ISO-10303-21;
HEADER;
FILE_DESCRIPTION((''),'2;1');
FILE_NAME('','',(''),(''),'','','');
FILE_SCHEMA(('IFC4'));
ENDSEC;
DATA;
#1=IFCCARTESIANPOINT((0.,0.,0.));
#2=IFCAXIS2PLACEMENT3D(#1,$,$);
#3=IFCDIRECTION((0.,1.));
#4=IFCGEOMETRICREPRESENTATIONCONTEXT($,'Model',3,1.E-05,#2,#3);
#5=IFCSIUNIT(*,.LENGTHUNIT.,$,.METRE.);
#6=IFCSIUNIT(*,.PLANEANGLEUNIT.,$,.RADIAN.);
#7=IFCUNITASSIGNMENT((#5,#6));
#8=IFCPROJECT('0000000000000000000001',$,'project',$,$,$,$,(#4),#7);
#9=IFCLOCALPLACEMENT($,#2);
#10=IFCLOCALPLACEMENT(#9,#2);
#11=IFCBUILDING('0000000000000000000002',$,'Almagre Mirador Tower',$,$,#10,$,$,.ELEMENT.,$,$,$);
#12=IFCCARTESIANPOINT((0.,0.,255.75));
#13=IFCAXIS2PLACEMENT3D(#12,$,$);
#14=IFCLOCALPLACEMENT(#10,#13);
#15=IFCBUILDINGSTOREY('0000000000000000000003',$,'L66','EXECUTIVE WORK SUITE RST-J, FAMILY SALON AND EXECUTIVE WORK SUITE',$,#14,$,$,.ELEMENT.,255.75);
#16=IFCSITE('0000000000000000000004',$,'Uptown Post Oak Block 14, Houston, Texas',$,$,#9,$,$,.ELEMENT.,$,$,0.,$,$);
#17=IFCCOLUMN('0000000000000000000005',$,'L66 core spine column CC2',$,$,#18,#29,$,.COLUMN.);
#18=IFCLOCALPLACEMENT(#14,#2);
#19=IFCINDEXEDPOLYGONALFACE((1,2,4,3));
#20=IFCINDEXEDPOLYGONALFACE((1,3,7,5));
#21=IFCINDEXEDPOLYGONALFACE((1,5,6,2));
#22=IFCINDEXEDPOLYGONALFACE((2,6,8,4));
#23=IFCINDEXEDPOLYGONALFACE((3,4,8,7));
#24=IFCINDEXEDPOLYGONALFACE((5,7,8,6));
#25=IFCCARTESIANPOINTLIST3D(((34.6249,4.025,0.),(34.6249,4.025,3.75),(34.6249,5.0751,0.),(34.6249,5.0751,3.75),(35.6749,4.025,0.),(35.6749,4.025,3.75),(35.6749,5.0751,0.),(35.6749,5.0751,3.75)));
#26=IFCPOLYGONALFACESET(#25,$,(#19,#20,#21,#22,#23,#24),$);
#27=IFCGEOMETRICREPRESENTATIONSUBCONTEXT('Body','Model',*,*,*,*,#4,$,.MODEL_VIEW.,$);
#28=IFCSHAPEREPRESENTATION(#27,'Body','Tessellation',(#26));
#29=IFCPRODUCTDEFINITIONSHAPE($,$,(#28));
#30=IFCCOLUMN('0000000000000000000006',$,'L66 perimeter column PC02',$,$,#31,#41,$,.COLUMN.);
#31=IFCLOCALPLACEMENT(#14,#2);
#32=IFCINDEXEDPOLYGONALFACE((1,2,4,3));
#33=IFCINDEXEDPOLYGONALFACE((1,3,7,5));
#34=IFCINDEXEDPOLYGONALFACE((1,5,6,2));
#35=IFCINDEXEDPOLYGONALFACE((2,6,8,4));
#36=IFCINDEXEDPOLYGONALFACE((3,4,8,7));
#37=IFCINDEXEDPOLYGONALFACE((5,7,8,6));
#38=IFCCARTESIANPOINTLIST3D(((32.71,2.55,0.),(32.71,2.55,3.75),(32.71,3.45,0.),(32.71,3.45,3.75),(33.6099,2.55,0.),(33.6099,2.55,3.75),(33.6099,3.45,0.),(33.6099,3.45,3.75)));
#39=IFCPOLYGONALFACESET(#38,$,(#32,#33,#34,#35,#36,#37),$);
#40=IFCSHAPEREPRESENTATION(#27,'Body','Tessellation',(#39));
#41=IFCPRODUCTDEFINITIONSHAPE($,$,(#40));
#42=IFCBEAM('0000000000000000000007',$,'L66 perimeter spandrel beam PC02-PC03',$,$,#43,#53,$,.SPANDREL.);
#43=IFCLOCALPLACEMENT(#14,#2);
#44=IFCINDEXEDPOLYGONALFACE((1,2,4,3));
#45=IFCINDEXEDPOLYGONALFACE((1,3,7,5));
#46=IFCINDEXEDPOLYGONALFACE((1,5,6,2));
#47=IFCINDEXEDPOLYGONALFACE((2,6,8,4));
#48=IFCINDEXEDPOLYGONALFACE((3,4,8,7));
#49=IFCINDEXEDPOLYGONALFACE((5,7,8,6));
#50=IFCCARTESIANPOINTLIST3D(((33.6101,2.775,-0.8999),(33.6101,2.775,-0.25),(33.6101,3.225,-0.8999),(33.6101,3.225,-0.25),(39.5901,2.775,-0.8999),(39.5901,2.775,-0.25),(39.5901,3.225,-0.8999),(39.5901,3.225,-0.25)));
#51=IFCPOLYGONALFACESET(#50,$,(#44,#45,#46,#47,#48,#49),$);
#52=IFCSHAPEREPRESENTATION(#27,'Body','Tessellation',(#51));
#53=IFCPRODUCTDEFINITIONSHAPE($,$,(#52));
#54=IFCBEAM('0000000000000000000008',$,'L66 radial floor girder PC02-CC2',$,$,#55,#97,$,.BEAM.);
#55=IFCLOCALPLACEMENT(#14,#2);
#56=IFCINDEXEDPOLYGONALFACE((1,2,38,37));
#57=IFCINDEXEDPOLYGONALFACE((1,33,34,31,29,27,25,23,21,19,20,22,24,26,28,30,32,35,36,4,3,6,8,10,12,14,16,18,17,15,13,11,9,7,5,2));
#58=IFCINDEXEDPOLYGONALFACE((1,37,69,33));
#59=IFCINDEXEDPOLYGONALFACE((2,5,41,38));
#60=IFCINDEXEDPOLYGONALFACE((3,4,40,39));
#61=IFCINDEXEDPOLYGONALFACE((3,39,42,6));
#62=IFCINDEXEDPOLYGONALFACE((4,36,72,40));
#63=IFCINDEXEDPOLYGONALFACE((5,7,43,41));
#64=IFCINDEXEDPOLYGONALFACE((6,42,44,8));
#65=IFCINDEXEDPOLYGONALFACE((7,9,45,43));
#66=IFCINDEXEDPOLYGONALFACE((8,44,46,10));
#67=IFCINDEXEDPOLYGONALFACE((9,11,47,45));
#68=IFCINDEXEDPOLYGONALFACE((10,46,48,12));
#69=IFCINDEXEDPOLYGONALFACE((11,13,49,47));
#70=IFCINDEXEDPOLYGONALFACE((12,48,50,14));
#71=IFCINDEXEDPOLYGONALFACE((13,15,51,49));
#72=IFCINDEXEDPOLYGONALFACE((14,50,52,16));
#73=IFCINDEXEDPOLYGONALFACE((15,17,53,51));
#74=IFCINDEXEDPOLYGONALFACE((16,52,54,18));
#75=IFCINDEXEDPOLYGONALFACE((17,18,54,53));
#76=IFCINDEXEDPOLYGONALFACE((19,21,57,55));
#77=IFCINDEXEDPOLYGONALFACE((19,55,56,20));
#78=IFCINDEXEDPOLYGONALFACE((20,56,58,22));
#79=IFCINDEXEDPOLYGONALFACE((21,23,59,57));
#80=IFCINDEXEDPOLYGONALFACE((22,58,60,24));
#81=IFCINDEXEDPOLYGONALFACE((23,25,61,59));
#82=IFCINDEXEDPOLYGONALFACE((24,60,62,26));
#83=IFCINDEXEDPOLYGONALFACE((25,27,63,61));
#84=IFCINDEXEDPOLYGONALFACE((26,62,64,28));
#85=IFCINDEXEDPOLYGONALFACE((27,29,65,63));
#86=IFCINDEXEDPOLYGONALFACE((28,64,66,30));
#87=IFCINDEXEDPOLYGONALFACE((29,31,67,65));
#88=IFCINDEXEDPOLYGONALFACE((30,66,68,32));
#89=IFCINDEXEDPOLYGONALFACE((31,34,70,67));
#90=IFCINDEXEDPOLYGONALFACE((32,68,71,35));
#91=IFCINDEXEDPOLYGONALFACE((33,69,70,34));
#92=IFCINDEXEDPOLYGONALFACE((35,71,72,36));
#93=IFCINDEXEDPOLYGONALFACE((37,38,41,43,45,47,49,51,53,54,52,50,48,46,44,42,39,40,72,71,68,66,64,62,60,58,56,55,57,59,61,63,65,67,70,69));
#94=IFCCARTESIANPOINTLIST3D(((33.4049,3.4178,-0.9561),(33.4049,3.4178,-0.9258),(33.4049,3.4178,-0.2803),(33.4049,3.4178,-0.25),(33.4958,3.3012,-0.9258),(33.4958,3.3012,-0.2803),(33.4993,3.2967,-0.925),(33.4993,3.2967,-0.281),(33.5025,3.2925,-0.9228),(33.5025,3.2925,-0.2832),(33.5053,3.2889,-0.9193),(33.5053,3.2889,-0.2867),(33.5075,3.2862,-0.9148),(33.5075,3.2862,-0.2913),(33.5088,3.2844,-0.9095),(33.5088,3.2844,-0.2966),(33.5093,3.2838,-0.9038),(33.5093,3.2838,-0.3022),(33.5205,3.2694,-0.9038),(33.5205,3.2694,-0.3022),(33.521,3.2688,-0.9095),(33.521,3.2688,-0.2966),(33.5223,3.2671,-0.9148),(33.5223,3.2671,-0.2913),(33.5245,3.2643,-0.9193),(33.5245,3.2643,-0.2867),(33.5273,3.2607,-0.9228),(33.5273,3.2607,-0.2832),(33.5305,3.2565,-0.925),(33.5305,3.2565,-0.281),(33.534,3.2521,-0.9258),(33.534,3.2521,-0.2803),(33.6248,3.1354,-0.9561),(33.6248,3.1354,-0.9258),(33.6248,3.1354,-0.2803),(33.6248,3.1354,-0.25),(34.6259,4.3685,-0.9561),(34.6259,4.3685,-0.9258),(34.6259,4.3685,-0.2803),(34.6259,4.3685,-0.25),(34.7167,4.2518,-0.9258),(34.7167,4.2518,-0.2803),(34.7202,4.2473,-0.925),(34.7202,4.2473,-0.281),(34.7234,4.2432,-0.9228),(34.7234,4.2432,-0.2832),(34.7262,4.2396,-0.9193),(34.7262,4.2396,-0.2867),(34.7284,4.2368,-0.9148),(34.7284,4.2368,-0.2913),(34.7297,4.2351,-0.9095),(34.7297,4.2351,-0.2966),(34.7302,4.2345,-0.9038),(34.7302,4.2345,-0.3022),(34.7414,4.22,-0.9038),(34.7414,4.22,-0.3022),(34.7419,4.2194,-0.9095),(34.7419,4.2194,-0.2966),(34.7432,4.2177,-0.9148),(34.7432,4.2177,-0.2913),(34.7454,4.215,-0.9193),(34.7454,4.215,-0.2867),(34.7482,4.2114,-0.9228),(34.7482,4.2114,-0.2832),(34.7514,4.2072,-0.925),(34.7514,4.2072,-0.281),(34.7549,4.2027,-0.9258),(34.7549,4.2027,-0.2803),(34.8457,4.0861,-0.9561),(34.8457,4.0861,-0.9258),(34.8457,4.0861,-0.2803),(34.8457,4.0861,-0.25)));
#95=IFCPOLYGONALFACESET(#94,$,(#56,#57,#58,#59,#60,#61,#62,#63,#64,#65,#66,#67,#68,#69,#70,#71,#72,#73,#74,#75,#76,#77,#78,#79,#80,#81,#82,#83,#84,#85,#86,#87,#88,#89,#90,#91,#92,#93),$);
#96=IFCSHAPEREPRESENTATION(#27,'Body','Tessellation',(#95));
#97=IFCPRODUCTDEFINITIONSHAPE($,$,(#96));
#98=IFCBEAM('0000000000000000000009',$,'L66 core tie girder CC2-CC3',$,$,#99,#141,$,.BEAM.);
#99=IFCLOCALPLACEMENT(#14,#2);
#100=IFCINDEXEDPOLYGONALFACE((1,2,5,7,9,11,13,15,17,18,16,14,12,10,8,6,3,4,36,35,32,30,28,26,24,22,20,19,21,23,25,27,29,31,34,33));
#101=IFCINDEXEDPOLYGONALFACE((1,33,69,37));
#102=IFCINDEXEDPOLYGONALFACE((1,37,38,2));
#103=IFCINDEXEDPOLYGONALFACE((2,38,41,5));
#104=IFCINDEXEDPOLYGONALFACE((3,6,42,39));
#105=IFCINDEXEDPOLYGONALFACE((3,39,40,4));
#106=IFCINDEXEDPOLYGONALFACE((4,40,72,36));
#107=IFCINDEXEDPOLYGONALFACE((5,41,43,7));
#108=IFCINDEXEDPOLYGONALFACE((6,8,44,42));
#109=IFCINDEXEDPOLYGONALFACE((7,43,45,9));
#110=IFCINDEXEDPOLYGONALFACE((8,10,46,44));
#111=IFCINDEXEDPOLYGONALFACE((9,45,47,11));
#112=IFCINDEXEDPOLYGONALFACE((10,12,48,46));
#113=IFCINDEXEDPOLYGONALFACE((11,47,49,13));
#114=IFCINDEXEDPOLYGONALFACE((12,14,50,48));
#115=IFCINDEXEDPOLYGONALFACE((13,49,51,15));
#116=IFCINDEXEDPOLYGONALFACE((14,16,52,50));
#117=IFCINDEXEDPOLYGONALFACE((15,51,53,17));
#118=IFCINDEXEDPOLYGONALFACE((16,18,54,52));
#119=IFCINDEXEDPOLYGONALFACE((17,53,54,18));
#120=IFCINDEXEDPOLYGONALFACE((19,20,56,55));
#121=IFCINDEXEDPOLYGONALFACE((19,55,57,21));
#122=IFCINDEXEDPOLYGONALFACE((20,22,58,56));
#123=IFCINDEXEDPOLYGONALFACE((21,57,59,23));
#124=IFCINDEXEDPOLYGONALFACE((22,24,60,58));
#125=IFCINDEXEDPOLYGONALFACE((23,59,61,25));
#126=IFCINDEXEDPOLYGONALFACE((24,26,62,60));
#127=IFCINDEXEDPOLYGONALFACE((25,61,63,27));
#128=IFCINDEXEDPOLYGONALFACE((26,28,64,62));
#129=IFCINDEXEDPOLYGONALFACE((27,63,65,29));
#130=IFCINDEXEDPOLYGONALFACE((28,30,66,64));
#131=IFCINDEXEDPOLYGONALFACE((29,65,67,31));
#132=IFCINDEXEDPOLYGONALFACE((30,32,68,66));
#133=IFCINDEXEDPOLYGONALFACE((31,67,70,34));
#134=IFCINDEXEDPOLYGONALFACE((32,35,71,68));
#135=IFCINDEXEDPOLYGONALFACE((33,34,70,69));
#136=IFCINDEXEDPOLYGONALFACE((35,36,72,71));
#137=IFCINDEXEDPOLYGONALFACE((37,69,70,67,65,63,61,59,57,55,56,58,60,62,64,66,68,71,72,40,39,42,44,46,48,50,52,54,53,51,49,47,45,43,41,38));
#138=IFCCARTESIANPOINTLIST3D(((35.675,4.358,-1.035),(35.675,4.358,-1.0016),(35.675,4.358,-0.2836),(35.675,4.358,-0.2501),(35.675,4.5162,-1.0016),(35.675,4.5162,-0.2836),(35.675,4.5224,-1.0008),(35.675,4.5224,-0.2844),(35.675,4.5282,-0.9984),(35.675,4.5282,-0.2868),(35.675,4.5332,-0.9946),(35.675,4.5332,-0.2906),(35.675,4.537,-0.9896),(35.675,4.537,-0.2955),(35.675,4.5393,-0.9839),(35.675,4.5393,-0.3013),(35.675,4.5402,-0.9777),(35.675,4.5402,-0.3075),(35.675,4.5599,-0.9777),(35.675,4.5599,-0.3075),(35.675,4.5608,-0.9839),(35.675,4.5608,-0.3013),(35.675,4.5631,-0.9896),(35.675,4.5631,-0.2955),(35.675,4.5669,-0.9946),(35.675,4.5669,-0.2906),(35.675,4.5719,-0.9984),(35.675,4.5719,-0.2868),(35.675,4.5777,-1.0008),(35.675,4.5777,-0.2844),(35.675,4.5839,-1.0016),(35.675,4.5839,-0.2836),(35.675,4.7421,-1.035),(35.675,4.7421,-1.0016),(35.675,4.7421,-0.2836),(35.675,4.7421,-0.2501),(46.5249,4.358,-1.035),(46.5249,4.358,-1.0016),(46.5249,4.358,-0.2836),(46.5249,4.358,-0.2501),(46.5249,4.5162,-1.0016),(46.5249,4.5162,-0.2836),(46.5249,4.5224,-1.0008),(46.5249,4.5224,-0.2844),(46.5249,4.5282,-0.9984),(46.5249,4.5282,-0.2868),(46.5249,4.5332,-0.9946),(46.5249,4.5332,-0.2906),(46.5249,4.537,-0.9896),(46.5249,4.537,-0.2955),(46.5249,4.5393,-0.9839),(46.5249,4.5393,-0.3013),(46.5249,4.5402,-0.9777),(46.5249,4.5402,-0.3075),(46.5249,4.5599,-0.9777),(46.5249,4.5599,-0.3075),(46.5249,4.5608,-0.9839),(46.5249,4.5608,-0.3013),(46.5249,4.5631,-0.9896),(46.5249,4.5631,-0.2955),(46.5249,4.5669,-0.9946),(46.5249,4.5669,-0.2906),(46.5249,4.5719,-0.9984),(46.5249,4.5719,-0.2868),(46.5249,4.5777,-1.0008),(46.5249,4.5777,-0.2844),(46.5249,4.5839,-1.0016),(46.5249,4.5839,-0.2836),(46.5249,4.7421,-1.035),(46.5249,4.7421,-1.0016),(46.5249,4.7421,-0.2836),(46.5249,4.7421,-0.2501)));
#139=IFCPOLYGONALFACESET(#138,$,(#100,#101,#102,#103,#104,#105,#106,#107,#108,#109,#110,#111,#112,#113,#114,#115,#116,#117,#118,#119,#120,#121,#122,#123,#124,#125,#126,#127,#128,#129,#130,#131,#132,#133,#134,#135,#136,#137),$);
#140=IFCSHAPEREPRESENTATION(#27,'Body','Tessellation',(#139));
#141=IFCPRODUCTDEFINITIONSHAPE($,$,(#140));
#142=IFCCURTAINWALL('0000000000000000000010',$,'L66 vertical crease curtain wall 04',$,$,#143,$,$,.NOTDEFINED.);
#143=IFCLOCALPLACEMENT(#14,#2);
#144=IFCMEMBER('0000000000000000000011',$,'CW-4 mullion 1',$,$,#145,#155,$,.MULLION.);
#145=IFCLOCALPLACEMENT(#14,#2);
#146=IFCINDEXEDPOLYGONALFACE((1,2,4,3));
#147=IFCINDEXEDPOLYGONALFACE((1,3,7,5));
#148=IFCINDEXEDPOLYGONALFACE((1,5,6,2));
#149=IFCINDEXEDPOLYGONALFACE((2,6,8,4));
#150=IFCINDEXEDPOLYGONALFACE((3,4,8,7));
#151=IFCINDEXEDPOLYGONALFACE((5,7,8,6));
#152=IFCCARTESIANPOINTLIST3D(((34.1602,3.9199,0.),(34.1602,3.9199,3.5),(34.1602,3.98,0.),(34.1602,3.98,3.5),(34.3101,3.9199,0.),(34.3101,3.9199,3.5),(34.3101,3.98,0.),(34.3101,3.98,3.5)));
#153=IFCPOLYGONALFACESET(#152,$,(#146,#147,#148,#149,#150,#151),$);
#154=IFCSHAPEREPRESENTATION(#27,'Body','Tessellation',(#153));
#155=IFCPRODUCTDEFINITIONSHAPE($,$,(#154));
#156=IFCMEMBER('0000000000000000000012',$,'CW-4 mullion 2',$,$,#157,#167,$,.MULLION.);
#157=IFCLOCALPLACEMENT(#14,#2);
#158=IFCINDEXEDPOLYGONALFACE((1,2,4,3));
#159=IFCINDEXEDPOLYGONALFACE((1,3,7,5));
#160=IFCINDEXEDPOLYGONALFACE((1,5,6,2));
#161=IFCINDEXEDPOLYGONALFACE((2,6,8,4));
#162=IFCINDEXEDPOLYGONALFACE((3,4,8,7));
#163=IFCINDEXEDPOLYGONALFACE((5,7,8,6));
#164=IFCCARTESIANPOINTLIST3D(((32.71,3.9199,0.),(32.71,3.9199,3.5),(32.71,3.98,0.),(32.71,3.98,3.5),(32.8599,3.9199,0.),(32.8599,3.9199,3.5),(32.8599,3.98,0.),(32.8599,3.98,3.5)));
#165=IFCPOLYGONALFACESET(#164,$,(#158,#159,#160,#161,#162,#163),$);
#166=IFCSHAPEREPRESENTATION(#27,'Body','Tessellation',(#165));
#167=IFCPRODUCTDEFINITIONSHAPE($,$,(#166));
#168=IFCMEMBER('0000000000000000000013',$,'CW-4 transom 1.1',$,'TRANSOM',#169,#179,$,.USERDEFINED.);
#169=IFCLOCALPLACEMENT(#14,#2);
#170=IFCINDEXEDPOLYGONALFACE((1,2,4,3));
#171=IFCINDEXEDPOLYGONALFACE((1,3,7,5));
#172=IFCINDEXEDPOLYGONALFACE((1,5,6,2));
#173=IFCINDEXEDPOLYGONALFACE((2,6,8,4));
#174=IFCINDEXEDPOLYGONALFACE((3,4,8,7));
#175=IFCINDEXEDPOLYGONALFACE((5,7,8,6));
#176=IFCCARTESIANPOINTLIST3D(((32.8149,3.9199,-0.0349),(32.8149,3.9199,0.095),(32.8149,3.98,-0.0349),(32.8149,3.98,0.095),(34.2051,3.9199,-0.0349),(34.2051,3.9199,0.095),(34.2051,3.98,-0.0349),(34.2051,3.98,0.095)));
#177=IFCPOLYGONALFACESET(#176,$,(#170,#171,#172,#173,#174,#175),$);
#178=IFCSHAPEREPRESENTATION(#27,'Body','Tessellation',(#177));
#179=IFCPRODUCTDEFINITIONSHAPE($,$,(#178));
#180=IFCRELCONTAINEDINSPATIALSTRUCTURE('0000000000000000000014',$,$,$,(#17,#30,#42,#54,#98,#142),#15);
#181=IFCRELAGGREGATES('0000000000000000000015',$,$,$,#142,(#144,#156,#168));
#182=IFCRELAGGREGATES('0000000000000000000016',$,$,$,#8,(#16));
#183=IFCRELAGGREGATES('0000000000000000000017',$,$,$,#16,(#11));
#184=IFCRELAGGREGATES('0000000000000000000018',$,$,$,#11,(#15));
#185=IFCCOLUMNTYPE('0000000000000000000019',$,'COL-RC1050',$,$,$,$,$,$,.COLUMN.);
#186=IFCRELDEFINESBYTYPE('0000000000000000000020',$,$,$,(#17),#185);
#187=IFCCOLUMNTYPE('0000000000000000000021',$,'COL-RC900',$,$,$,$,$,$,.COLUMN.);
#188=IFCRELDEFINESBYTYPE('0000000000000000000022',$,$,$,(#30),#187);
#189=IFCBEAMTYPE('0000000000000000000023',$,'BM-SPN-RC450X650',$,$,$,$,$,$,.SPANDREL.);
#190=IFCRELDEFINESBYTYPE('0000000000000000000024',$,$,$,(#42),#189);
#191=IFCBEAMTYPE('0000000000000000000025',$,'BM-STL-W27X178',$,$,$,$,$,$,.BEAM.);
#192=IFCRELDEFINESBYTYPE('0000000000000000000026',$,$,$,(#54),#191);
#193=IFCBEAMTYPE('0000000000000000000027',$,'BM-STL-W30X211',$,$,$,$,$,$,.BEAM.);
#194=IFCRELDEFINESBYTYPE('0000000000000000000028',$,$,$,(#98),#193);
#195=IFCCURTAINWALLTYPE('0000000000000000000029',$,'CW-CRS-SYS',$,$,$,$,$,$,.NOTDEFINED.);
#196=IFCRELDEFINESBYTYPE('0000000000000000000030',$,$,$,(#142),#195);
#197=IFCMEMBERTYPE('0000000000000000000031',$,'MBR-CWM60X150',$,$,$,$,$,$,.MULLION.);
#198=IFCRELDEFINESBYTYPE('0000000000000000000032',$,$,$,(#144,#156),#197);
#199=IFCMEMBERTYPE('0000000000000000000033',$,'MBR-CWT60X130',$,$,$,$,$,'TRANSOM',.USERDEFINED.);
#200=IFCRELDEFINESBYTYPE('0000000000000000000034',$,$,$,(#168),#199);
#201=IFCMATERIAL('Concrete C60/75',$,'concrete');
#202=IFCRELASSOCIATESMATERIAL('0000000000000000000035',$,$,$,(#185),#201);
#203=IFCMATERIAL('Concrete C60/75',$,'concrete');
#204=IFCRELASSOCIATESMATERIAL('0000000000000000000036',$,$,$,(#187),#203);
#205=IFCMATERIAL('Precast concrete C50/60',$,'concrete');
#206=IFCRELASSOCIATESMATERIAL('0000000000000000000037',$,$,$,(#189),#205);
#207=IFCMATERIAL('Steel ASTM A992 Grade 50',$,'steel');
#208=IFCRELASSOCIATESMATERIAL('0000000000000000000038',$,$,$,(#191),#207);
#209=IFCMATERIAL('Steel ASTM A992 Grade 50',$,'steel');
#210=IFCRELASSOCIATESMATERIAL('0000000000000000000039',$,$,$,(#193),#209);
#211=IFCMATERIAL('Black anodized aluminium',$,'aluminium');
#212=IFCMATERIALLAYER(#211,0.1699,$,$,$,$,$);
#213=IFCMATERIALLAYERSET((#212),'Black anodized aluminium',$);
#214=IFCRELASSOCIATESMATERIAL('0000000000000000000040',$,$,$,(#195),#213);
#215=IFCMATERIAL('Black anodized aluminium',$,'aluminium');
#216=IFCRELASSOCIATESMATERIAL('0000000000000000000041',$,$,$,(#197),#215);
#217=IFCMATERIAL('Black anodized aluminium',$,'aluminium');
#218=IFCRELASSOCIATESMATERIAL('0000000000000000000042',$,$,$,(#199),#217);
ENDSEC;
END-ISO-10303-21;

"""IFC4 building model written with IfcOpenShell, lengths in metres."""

from ifc_helpers import new_model, si_unit, direction, frame, origin, origin_2d, place, context, subcontext, project, spatial, rectangle, i_section, extrude, material, layer, layer_set, material_profile, profile_set, type_object, element, aggregate, save


model = new_model("IFC4")

# Units and contexts
model_context = context("Model", 3, precision=1e-05, world=origin(), true_north=direction((0.0, 1.0)))
body_context = subcontext(model_context, "Body", "Model", "MODEL_VIEW")
ifc_project = project(units=[si_unit("LENGTHUNIT", "METRE"), si_unit("PLANEANGLEUNIT", "RADIAN")], contexts=[model_context])

# Site, building, storey
site_placement = place(None, origin())
site = spatial("IfcSite", under=ifc_project, at=site_placement, Name="Uptown Post Oak Block 14, Houston, Texas", CompositionType="ELEMENT", RefElevation=0.0)
building_placement = place(site_placement, origin())
building = spatial("IfcBuilding", under=site, at=building_placement, Name="Almagre Mirador Tower", CompositionType="ELEMENT")
storey_placement = place(building_placement, frame((0.0, 0.0, 255.75)))
storey = spatial("IfcBuildingStorey", under=building, at=storey_placement, Name="L66", Description="EXECUTIVE WORK SUITE RST-J, FAMILY SALON AND EXECUTIVE WORK SUITE", CompositionType="ELEMENT", Elevation=255.75)

# Columns
ifc_material_1 = material(Name="Concrete C60/75", Category="concrete")
ifc_material_profile_1 = material_profile(ifc_material_1, rectangle(XDim=1.05, YDim=1.05, at=origin_2d()), Name="RC1050X1050")
ifc_profile_set_1 = profile_set([ifc_material_profile_1], Name="Concrete C60/75")
column_type_1 = type_object("IfcColumnType", Name="COL-RC1050", PredefinedType="COLUMN", material=ifc_profile_set_1)
column_1_placement = place(storey_placement, frame((35.1499, 4.55, 0.0), z_axis=(0.0, 0.0, 1.0), x_axis=(1.0, 0.0, 0.0)))
element("IfcColumn", 1, at=column_1_placement, inside=storey, type_object=column_type_1, Name="L66 core spine column CC2", PredefinedType="COLUMN", context=body_context, shape_type="SweptSolid", body=[
    extrude(rectangle(XDim=1.05, YDim=1.05, at=origin_2d()), origin(), (0.0, 0.0, 1.0), 3.75),
])
ifc_material_2 = material(Name="Concrete C60/75", Category="concrete")
ifc_material_profile_2 = material_profile(ifc_material_2, rectangle(XDim=0.8999, YDim=0.8999, at=origin_2d()), Name="RC900X900")
ifc_profile_set_2 = profile_set([ifc_material_profile_2], Name="Concrete C60/75")
column_type_2 = type_object("IfcColumnType", Name="COL-RC900", PredefinedType="COLUMN", material=ifc_profile_set_2)
column_2_placement = place(storey_placement, frame((33.1599, 3.0, 0.0), z_axis=(0.0, 0.0, 1.0), x_axis=(1.0, 0.0, 0.0)))
element("IfcColumn", 2, at=column_2_placement, inside=storey, type_object=column_type_2, Name="L66 perimeter column PC02", PredefinedType="COLUMN", context=body_context, shape_type="SweptSolid", body=[
    extrude(rectangle(XDim=0.8999, YDim=0.8999, at=origin_2d()), origin(), (0.0, 0.0, 1.0), 3.75),
])

# Beams
ifc_material_3 = material(Name="Precast concrete C50/60", Category="concrete")
ifc_material_profile_3 = material_profile(ifc_material_3, rectangle(XDim=0.45, YDim=0.6499, at=origin_2d()), Name="RC450X650")
ifc_profile_set_3 = profile_set([ifc_material_profile_3], Name="Precast concrete C50/60")
beam_type_1 = type_object("IfcBeamType", Name="BM-SPN-RC450X650", PredefinedType="SPANDREL", material=ifc_profile_set_3)
beam_1_placement = place(storey_placement, frame((33.6101, 3.0, -0.575), z_axis=(1.0, 0.0, 0.0), x_axis=(0.0, 1.0, 0.0)))
element("IfcBeam", 3, at=beam_1_placement, inside=storey, type_object=beam_type_1, Name="L66 perimeter spandrel beam PC02-PC03", PredefinedType="SPANDREL", context=body_context, shape_type="SweptSolid", body=[
    extrude(rectangle(XDim=0.45, YDim=0.6499, at=origin_2d()), origin(), (0.0, 0.0, 1.0), 5.98),
])
ifc_material_4 = material(Name="Steel ASTM A992 Grade 50", Category="steel")
ifc_material_profile_4 = material_profile(ifc_material_4, i_section(OverallWidth=0.3579, OverallDepth=0.7061, WebThickness=0.0183, FlangeThickness=0.0303, FilletRadius=0.022, at=origin_2d()), Name="W27X178")
ifc_profile_set_4 = profile_set([ifc_material_profile_4], Name="Steel ASTM A992 Grade 50")
beam_type_2 = type_object("IfcBeamType", Name="BM-STL-W27X178", PredefinedType="BEAM", material=ifc_profile_set_4)
beam_2_placement = place(storey_placement, frame((33.5149, 3.2766, -0.603), z_axis=(0.789021, 0.614367, 0.0), x_axis=(-0.614367, 0.789021, 0.0)))
element("IfcBeam", 4, at=beam_2_placement, inside=storey, type_object=beam_type_2, Name="L66 radial floor girder PC02-CC2", PredefinedType="BEAM", context=body_context, shape_type="SweptSolid", body=[
    extrude(i_section(OverallWidth=0.3579, OverallDepth=0.7061, WebThickness=0.0183, FlangeThickness=0.0303, FilletRadius=0.022, at=origin_2d()), origin(), (0.0, 0.0, 1.0), 1.5474),
])
ifc_material_5 = material(Name="Steel ASTM A992 Grade 50", Category="steel")
ifc_material_profile_5 = material_profile(ifc_material_5, i_section(OverallWidth=0.384, OverallDepth=0.7849, WebThickness=0.0198, FlangeThickness=0.0334, FilletRadius=0.0239, at=origin_2d()), Name="W30X211")
ifc_profile_set_5 = profile_set([ifc_material_profile_5], Name="Steel ASTM A992 Grade 50")
beam_type_3 = type_object("IfcBeamType", Name="BM-STL-W30X211", PredefinedType="BEAM", material=ifc_profile_set_5)
beam_3_placement = place(storey_placement, frame((35.675, 4.55, -0.6426), z_axis=(1.0, 0.0, 0.0), x_axis=(0.0, 1.0, 0.0)))
element("IfcBeam", 5, at=beam_3_placement, inside=storey, type_object=beam_type_3, Name="L66 core tie girder CC2-CC3", PredefinedType="BEAM", context=body_context, shape_type="SweptSolid", body=[
    extrude(i_section(OverallWidth=0.384, OverallDepth=0.7849, WebThickness=0.0198, FlangeThickness=0.0334, FilletRadius=0.0239, at=origin_2d()), origin(), (0.0, 0.0, 1.0), 10.8499),
])

# Curtain wall, members
ifc_material_6 = material(Name="Black anodized aluminium", Category="aluminium")
ifc_layer_1 = layer(ifc_material_6, 0.1699)
ifc_layer_set_1 = layer_set([ifc_layer_1], Name="Black anodized aluminium")
curtain_wall_type = type_object("IfcCurtainWallType", Name="CW-CRS-SYS", PredefinedType="NOTDEFINED", material=ifc_layer_set_1)
curtain_wall_placement = place(storey_placement, origin())
curtain_wall = element("IfcCurtainWall", 6, at=curtain_wall_placement, inside=storey, type_object=curtain_wall_type, Name="L66 vertical crease curtain wall 04", PredefinedType="NOTDEFINED")
ifc_material_7 = material(Name="Black anodized aluminium", Category="aluminium")
ifc_material_profile_6 = material_profile(ifc_material_7, rectangle(XDim=0.0601, YDim=0.1499, at=origin_2d()), Name="CWM60X150")
ifc_profile_set_6 = profile_set([ifc_material_profile_6], Name="Black anodized aluminium")
member_type_1 = type_object("IfcMemberType", Name="MBR-CWM60X150", PredefinedType="MULLION", material=ifc_profile_set_6)
member_1_placement = place(storey_placement, frame((34.2351, 3.95, 0.0), z_axis=(0.0, 0.0, 1.0), x_axis=(0.0, -1.0, 0.0)))
member_1 = element("IfcMember", 7, at=member_1_placement, type_object=member_type_1, Name="CW-4 mullion 1", PredefinedType="MULLION", context=body_context, shape_type="SweptSolid", body=[
    extrude(rectangle(XDim=0.0601, YDim=0.1499, at=origin_2d()), origin(), (0.0, 0.0, 1.0), 3.5),
])
member_2_placement = place(storey_placement, frame((32.7849, 3.95, 0.0), z_axis=(0.0, 0.0, 1.0), x_axis=(0.0, -1.0, 0.0)))
member_2 = element("IfcMember", 8, at=member_2_placement, type_object=member_type_1, Name="CW-4 mullion 2", PredefinedType="MULLION", context=body_context, shape_type="SweptSolid", body=[
    extrude(rectangle(XDim=0.0601, YDim=0.1499, at=origin_2d()), origin(), (0.0, 0.0, 1.0), 3.5),
])
ifc_material_8 = material(Name="Black anodized aluminium", Category="aluminium")
ifc_material_profile_7 = material_profile(ifc_material_8, rectangle(XDim=0.0601, YDim=0.1299, at=origin_2d()), Name="CWT60X130")
ifc_profile_set_7 = profile_set([ifc_material_profile_7], Name="Black anodized aluminium")
member_type_2 = type_object("IfcMemberType", Name="MBR-CWT60X130", ElementType="TRANSOM", PredefinedType="USERDEFINED", material=ifc_profile_set_7)
member_3_placement = place(storey_placement, frame((34.2051, 3.95, 0.03), z_axis=(-1.0, 0.0, 0.0), x_axis=(0.0, -1.0, 0.0)))
member_3 = element("IfcMember", 9, at=member_3_placement, type_object=member_type_2, Name="CW-4 transom 1.1", ObjectType="TRANSOM", PredefinedType="USERDEFINED", context=body_context, shape_type="SweptSolid", body=[
    extrude(rectangle(XDim=0.0601, YDim=0.1299, at=origin_2d()), origin(), (0.0, 0.0, 1.0), 1.3901),
])
aggregate(curtain_wall, [member_1, member_2, member_3])

save(model, "model.ifc")
